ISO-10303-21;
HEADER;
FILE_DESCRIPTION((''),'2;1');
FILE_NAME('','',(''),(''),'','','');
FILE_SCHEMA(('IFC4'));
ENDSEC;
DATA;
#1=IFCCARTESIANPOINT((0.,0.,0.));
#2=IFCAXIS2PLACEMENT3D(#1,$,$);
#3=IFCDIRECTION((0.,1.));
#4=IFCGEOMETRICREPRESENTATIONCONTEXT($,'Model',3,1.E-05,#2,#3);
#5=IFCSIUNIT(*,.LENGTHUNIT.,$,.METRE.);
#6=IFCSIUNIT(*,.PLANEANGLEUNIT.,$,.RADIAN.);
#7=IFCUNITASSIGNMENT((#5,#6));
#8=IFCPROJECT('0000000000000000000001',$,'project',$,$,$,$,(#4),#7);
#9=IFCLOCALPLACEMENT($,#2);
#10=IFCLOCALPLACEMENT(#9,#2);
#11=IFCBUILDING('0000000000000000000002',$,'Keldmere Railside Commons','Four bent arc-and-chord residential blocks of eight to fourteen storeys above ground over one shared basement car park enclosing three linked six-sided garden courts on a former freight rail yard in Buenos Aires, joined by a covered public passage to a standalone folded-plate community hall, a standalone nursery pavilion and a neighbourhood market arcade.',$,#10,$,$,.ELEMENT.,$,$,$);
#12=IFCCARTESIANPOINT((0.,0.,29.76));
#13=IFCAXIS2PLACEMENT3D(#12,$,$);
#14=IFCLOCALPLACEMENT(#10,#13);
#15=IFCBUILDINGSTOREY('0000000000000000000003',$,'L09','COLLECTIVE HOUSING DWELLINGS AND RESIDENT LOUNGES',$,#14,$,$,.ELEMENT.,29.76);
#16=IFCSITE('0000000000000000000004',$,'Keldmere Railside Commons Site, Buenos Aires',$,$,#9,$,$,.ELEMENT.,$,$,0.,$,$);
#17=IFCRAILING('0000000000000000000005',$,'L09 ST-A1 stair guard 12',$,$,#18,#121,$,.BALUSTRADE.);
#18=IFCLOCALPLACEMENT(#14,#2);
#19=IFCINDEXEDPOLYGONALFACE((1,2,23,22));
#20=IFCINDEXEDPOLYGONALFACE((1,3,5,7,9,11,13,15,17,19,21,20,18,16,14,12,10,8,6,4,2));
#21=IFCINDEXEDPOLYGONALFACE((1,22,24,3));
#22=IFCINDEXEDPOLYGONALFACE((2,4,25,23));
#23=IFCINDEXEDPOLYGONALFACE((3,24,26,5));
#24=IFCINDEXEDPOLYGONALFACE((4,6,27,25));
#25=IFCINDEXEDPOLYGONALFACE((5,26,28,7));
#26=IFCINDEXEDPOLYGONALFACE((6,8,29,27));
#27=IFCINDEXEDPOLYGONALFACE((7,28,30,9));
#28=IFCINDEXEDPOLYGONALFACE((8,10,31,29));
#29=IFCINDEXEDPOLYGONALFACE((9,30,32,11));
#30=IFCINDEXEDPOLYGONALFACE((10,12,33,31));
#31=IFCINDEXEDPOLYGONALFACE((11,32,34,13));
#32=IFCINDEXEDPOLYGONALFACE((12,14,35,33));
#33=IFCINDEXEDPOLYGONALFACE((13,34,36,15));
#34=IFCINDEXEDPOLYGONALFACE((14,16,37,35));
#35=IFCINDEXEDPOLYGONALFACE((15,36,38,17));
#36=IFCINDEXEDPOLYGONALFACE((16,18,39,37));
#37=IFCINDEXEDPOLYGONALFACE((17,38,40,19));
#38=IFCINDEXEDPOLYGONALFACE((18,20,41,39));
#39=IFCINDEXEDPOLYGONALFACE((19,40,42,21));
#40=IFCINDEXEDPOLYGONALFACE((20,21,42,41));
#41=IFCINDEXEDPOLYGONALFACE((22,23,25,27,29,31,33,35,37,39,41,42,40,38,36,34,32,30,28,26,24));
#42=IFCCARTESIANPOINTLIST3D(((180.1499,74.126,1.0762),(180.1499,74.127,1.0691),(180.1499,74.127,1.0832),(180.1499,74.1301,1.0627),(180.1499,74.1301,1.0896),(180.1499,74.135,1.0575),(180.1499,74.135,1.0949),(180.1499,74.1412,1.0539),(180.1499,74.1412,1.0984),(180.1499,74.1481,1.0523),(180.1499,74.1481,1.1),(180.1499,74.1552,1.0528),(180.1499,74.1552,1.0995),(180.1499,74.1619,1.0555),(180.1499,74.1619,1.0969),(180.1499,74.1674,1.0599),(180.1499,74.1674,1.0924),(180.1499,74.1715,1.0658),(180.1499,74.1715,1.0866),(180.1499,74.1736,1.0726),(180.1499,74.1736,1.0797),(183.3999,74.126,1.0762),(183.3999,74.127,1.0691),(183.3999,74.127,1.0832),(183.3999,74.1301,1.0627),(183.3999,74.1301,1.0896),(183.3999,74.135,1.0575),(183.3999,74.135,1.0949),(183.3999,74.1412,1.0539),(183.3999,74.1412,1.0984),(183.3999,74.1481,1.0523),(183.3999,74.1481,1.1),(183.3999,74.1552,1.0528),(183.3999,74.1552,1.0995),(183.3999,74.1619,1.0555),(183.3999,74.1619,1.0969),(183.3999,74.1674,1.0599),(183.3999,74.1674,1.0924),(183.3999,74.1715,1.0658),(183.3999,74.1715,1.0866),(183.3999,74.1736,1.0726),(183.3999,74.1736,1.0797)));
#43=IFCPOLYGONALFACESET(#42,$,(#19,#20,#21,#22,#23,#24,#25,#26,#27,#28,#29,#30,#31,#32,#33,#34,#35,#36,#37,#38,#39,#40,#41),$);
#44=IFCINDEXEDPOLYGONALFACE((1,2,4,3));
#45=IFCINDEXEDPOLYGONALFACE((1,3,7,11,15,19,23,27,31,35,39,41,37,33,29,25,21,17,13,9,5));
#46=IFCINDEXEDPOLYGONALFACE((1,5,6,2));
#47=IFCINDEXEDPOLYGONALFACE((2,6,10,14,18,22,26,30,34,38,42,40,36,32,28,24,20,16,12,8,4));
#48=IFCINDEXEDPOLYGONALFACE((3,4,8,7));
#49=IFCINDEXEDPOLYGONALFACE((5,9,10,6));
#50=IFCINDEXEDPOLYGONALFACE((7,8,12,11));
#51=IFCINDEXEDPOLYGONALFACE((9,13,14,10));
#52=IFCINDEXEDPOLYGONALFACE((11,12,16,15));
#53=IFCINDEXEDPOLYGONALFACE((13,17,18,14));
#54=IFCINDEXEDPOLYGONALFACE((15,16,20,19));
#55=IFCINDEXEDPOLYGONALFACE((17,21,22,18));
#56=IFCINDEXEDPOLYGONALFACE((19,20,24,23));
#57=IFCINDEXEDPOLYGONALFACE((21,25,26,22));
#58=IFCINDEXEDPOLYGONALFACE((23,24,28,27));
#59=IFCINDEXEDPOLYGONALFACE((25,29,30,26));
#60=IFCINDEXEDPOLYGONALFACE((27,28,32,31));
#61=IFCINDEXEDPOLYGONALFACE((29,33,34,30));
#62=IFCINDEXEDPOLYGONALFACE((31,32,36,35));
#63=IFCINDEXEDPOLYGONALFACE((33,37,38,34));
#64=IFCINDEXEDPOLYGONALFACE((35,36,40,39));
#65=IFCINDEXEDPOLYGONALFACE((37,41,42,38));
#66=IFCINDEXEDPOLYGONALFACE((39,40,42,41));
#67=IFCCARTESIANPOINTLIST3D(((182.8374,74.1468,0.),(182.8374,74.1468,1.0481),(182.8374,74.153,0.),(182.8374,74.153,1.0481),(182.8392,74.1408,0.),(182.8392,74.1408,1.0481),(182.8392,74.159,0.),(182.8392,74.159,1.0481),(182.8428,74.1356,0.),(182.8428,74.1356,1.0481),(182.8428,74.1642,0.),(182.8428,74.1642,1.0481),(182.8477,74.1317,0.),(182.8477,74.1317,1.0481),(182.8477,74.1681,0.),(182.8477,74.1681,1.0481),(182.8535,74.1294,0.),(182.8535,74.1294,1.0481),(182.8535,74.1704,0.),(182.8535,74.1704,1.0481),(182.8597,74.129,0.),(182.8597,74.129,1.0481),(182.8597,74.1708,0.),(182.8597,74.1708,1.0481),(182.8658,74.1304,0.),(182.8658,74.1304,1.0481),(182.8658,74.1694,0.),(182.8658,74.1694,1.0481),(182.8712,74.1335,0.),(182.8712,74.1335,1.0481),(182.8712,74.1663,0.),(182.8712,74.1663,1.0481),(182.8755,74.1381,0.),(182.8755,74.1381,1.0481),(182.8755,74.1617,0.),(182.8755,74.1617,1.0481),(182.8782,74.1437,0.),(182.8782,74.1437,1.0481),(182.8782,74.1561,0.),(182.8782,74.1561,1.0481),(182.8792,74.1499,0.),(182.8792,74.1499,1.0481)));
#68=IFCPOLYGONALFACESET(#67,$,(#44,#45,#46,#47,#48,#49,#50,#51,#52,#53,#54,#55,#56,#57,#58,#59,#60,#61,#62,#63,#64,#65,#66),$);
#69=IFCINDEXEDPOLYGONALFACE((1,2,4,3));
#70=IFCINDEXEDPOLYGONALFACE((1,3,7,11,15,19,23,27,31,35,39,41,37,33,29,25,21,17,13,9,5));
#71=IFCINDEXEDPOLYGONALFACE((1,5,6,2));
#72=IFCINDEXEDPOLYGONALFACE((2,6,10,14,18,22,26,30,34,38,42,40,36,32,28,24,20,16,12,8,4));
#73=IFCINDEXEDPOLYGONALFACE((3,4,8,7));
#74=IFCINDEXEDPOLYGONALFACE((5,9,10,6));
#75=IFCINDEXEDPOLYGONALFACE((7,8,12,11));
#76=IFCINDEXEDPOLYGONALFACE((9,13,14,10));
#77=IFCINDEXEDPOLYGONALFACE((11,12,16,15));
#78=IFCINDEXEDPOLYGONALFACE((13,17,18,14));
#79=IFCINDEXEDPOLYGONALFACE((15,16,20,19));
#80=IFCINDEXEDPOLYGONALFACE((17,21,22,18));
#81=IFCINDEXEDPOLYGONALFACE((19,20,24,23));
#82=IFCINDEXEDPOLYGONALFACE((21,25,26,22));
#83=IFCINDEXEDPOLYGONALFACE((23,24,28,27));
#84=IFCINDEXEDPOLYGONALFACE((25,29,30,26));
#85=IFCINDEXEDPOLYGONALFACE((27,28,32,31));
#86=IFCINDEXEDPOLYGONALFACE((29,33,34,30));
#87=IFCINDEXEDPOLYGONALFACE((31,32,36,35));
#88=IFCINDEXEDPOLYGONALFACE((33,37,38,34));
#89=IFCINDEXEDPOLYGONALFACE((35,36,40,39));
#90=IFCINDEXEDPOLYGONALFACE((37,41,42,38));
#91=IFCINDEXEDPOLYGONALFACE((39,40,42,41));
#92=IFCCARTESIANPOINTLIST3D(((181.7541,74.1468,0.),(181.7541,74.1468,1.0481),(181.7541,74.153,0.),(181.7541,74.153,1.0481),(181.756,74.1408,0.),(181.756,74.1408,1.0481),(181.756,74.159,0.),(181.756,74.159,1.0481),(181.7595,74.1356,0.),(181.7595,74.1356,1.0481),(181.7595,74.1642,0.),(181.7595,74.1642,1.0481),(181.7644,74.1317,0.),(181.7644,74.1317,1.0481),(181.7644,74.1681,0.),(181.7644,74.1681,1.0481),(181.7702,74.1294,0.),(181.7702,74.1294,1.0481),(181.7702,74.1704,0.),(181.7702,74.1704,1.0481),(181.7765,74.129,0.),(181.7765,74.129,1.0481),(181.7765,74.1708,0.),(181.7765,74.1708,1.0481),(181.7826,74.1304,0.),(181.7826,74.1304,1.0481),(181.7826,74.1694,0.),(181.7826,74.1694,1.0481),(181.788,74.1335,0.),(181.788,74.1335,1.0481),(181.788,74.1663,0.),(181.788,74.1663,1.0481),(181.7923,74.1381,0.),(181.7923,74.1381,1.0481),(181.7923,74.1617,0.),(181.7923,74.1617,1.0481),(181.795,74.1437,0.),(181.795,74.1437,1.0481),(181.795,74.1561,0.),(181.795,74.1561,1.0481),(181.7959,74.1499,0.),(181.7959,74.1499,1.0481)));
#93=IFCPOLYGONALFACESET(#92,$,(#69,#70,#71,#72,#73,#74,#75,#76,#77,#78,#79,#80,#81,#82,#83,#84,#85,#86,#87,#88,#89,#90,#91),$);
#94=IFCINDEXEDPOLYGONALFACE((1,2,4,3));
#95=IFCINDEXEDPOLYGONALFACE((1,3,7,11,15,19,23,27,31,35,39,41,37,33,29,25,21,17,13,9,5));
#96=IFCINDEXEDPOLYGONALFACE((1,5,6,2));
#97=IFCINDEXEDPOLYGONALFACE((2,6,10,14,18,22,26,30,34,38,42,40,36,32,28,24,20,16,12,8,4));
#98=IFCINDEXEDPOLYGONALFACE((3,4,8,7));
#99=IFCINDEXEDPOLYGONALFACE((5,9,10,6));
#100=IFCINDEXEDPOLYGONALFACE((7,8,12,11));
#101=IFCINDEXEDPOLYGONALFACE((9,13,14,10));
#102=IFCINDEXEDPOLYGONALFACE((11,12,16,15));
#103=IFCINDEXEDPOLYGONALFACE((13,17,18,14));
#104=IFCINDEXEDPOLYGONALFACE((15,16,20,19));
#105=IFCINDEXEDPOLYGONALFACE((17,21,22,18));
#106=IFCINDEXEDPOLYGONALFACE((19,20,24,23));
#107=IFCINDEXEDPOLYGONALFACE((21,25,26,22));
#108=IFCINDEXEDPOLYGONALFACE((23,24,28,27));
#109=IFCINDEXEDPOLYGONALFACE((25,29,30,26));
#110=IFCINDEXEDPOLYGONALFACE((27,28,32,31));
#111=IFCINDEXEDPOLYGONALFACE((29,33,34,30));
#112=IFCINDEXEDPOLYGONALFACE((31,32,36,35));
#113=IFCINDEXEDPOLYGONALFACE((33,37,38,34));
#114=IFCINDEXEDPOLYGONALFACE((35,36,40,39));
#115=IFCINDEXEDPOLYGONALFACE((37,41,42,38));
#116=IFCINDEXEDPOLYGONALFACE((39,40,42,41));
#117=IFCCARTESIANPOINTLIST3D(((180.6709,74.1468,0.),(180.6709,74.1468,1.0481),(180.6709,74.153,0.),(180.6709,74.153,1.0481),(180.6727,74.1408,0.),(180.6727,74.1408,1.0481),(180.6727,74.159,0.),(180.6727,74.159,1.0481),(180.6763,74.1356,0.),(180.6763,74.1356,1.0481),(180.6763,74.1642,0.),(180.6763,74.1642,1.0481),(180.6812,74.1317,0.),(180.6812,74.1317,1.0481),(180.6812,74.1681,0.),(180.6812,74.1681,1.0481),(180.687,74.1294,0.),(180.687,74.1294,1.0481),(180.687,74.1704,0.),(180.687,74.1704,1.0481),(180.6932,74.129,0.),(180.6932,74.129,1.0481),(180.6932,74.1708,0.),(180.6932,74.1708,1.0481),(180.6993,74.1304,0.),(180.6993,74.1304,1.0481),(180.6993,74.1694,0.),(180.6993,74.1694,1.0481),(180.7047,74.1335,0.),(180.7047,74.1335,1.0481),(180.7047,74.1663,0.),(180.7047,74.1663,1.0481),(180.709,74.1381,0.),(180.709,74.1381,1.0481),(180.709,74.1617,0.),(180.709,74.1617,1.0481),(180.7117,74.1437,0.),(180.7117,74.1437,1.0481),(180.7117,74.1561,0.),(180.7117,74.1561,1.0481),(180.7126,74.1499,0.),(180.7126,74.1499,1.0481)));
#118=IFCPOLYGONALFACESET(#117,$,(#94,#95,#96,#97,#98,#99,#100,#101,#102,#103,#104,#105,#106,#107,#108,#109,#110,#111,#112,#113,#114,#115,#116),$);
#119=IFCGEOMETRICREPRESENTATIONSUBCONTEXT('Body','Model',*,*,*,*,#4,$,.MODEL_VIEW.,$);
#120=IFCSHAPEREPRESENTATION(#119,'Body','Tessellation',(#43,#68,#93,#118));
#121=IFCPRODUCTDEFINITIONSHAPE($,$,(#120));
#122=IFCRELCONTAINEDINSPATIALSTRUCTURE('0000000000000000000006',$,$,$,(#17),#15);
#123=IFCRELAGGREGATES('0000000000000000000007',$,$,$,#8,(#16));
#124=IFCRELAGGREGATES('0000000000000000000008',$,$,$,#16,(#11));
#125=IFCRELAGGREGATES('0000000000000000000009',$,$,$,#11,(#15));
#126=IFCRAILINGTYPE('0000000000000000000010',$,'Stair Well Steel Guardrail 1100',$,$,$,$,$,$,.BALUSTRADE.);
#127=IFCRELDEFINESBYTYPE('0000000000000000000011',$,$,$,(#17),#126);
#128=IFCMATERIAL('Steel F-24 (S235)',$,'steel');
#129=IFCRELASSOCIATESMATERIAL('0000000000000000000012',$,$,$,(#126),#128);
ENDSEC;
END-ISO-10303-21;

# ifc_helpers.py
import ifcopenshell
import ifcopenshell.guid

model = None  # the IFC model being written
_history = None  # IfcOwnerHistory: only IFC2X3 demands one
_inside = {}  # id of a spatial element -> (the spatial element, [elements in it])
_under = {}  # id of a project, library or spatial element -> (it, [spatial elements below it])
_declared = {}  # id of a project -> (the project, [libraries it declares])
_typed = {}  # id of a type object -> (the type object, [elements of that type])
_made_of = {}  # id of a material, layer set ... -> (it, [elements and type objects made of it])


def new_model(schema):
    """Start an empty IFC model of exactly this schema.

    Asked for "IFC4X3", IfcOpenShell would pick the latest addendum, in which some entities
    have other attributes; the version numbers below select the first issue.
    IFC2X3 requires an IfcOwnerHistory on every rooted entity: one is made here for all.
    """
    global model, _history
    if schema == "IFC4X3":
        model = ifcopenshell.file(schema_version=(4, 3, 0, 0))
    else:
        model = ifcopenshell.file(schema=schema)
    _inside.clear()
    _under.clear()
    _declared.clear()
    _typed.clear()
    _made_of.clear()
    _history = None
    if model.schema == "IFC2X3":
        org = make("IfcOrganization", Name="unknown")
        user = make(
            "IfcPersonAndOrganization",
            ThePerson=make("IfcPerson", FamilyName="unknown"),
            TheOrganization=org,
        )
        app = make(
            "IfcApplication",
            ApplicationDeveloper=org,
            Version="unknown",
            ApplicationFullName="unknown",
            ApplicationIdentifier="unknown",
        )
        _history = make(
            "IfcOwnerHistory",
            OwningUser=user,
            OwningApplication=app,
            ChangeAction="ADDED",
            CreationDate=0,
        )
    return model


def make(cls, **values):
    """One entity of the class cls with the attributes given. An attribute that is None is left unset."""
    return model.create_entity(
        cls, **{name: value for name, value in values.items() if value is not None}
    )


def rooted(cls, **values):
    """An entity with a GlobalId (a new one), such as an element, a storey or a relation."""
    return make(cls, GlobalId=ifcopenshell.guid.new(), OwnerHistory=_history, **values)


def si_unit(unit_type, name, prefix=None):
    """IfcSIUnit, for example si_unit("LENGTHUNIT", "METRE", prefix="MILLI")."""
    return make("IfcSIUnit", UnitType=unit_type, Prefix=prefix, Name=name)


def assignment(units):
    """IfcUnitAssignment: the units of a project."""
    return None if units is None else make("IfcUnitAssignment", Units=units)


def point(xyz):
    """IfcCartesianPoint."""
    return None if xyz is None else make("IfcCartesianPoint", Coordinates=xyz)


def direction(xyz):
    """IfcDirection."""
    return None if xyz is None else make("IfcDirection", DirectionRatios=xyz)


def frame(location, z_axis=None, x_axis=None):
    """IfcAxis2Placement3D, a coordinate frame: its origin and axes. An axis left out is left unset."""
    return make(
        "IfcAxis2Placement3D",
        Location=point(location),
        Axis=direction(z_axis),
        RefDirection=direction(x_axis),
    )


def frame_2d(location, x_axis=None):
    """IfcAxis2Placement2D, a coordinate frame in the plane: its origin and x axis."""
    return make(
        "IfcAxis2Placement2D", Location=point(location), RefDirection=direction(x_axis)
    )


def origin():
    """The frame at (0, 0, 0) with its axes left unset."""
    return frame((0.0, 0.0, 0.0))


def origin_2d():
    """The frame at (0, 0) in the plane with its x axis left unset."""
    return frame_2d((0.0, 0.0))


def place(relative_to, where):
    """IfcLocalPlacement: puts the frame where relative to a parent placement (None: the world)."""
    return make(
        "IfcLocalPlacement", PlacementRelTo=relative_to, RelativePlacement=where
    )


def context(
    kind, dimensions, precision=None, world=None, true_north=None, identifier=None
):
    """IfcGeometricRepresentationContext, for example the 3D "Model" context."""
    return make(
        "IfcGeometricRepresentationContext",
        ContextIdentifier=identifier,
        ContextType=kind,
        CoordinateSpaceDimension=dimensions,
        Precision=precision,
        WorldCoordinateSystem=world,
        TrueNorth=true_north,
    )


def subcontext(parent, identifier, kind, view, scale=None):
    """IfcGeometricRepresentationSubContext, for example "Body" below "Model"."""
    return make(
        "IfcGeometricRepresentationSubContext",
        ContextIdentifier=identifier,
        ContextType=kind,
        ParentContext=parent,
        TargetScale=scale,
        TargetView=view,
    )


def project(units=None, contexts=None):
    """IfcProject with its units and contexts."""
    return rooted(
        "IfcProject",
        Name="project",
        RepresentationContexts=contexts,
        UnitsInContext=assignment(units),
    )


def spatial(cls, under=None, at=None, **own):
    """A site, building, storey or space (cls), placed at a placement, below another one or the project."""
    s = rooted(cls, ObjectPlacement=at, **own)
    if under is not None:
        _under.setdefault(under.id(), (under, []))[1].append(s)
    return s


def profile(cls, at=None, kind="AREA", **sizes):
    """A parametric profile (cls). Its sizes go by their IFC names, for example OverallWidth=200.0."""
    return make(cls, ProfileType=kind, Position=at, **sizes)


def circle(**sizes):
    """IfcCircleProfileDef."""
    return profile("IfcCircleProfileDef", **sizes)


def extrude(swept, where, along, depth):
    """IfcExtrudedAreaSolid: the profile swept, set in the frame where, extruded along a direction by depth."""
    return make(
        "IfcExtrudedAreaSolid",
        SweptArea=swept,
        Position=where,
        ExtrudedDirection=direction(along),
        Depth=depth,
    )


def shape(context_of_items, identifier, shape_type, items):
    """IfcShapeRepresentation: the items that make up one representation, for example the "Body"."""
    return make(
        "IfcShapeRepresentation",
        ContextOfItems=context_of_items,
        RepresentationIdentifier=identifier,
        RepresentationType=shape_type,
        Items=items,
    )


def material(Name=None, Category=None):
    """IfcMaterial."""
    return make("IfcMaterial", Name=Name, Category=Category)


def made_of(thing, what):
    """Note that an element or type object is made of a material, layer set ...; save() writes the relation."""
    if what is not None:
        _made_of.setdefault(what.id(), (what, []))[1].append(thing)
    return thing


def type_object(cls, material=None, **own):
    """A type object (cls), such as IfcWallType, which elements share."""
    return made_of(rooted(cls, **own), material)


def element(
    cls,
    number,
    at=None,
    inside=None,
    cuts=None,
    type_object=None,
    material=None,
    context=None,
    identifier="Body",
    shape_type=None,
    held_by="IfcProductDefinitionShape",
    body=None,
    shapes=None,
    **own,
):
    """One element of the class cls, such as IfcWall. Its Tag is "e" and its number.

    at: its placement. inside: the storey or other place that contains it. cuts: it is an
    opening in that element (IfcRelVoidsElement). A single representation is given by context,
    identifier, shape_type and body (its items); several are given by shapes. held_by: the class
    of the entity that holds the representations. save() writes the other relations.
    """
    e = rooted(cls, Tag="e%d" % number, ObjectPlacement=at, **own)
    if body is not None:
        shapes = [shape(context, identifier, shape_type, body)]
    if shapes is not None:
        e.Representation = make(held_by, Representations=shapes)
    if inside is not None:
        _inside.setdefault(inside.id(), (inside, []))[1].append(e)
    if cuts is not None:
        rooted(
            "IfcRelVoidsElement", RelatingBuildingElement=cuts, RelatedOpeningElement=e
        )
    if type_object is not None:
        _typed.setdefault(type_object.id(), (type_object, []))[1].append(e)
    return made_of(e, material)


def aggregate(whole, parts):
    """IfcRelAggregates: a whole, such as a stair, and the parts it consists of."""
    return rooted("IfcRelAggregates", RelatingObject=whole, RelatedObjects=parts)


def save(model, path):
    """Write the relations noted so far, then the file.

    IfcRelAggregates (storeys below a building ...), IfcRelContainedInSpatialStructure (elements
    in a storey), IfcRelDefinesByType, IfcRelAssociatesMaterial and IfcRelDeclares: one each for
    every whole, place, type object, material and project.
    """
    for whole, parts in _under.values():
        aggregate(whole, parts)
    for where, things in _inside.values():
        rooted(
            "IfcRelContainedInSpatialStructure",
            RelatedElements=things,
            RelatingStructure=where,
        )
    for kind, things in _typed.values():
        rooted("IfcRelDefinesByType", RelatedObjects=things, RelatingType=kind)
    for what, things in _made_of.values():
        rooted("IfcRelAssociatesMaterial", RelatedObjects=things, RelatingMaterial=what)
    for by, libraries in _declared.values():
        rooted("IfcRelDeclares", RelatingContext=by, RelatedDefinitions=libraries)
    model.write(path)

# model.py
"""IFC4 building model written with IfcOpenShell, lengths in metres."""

from ifc_helpers import new_model, si_unit, direction, frame, origin, origin_2d, place, context, subcontext, project, spatial, circle, extrude, material, type_object, element, save


model = new_model("IFC4")

# Units and contexts
model_context = context("Model", 3, precision=1e-05, world=origin(), true_north=direction((0.0, 1.0)))
body_context = subcontext(model_context, "Body", "Model", "MODEL_VIEW")
ifc_project = project(units=[si_unit("LENGTHUNIT", "METRE"), si_unit("PLANEANGLEUNIT", "RADIAN")], contexts=[model_context])

# Site, building, storey
site_placement = place(None, origin())
site = spatial("IfcSite", under=ifc_project, at=site_placement, Name="Keldmere Railside Commons Site, Buenos Aires", CompositionType="ELEMENT", RefElevation=0.0)
building_placement = place(site_placement, origin())
building = spatial("IfcBuilding", under=site, at=building_placement, Name="Keldmere Railside Commons", Description="Four bent arc-and-chord residential blocks of eight to fourteen storeys above ground over one shared basement car park enclosing three linked six-sided garden courts on a former freight rail yard in Buenos Aires, joined by a covered public passage to a standalone folded-plate community hall, a standalone nursery pavilion and a neighbourhood market arcade.", CompositionType="ELEMENT")
storey_placement = place(building_placement, frame((0.0, 0.0, 29.76)))
storey = spatial("IfcBuildingStorey", under=building, at=storey_placement, Name="L09", Description="COLLECTIVE HOUSING DWELLINGS AND RESIDENT LOUNGES", CompositionType="ELEMENT", Elevation=29.76)

# Shared definitions
ifc_material_1 = material(Name="Steel F-24 (S235)", Category="steel")

# Railing
railing_type_1 = type_object("IfcRailingType", Name="Stair Well Steel Guardrail 1100", PredefinedType="BALUSTRADE", material=ifc_material_1)
railing_1_placement = place(storey_placement, frame((183.3999, 74.1499, 0.0)))
element("IfcRailing", 1, at=railing_1_placement, inside=storey, type_object=railing_type_1, Name="L09 ST-A1 stair guard 12", PredefinedType="BALUSTRADE", context=body_context, shape_type="SweptSolid", body=[
    extrude(circle(Radius=0.0239, at=origin_2d()), frame((0.0, 0.0, 1.0762), z_axis=(-1.0, 0.0, 0.0), x_axis=(0.0, -1.0, 0.0)), (0.0, 0.0, 1.0), 3.25),
    extrude(circle(Radius=0.021, at=origin_2d()), frame((-0.5417, 0.0, 0.0)), (0.0, 0.0, 1.0), 1.0481),
    extrude(circle(Radius=0.021, at=origin_2d()), frame((-1.625, 0.0, 0.0)), (0.0, 0.0, 1.0), 1.0481),
    extrude(circle(Radius=0.021, at=origin_2d()), frame((-2.7083, 0.0, 0.0)), (0.0, 0.0, 1.0), 1.0481),
])

save(model, "model.ifc")
